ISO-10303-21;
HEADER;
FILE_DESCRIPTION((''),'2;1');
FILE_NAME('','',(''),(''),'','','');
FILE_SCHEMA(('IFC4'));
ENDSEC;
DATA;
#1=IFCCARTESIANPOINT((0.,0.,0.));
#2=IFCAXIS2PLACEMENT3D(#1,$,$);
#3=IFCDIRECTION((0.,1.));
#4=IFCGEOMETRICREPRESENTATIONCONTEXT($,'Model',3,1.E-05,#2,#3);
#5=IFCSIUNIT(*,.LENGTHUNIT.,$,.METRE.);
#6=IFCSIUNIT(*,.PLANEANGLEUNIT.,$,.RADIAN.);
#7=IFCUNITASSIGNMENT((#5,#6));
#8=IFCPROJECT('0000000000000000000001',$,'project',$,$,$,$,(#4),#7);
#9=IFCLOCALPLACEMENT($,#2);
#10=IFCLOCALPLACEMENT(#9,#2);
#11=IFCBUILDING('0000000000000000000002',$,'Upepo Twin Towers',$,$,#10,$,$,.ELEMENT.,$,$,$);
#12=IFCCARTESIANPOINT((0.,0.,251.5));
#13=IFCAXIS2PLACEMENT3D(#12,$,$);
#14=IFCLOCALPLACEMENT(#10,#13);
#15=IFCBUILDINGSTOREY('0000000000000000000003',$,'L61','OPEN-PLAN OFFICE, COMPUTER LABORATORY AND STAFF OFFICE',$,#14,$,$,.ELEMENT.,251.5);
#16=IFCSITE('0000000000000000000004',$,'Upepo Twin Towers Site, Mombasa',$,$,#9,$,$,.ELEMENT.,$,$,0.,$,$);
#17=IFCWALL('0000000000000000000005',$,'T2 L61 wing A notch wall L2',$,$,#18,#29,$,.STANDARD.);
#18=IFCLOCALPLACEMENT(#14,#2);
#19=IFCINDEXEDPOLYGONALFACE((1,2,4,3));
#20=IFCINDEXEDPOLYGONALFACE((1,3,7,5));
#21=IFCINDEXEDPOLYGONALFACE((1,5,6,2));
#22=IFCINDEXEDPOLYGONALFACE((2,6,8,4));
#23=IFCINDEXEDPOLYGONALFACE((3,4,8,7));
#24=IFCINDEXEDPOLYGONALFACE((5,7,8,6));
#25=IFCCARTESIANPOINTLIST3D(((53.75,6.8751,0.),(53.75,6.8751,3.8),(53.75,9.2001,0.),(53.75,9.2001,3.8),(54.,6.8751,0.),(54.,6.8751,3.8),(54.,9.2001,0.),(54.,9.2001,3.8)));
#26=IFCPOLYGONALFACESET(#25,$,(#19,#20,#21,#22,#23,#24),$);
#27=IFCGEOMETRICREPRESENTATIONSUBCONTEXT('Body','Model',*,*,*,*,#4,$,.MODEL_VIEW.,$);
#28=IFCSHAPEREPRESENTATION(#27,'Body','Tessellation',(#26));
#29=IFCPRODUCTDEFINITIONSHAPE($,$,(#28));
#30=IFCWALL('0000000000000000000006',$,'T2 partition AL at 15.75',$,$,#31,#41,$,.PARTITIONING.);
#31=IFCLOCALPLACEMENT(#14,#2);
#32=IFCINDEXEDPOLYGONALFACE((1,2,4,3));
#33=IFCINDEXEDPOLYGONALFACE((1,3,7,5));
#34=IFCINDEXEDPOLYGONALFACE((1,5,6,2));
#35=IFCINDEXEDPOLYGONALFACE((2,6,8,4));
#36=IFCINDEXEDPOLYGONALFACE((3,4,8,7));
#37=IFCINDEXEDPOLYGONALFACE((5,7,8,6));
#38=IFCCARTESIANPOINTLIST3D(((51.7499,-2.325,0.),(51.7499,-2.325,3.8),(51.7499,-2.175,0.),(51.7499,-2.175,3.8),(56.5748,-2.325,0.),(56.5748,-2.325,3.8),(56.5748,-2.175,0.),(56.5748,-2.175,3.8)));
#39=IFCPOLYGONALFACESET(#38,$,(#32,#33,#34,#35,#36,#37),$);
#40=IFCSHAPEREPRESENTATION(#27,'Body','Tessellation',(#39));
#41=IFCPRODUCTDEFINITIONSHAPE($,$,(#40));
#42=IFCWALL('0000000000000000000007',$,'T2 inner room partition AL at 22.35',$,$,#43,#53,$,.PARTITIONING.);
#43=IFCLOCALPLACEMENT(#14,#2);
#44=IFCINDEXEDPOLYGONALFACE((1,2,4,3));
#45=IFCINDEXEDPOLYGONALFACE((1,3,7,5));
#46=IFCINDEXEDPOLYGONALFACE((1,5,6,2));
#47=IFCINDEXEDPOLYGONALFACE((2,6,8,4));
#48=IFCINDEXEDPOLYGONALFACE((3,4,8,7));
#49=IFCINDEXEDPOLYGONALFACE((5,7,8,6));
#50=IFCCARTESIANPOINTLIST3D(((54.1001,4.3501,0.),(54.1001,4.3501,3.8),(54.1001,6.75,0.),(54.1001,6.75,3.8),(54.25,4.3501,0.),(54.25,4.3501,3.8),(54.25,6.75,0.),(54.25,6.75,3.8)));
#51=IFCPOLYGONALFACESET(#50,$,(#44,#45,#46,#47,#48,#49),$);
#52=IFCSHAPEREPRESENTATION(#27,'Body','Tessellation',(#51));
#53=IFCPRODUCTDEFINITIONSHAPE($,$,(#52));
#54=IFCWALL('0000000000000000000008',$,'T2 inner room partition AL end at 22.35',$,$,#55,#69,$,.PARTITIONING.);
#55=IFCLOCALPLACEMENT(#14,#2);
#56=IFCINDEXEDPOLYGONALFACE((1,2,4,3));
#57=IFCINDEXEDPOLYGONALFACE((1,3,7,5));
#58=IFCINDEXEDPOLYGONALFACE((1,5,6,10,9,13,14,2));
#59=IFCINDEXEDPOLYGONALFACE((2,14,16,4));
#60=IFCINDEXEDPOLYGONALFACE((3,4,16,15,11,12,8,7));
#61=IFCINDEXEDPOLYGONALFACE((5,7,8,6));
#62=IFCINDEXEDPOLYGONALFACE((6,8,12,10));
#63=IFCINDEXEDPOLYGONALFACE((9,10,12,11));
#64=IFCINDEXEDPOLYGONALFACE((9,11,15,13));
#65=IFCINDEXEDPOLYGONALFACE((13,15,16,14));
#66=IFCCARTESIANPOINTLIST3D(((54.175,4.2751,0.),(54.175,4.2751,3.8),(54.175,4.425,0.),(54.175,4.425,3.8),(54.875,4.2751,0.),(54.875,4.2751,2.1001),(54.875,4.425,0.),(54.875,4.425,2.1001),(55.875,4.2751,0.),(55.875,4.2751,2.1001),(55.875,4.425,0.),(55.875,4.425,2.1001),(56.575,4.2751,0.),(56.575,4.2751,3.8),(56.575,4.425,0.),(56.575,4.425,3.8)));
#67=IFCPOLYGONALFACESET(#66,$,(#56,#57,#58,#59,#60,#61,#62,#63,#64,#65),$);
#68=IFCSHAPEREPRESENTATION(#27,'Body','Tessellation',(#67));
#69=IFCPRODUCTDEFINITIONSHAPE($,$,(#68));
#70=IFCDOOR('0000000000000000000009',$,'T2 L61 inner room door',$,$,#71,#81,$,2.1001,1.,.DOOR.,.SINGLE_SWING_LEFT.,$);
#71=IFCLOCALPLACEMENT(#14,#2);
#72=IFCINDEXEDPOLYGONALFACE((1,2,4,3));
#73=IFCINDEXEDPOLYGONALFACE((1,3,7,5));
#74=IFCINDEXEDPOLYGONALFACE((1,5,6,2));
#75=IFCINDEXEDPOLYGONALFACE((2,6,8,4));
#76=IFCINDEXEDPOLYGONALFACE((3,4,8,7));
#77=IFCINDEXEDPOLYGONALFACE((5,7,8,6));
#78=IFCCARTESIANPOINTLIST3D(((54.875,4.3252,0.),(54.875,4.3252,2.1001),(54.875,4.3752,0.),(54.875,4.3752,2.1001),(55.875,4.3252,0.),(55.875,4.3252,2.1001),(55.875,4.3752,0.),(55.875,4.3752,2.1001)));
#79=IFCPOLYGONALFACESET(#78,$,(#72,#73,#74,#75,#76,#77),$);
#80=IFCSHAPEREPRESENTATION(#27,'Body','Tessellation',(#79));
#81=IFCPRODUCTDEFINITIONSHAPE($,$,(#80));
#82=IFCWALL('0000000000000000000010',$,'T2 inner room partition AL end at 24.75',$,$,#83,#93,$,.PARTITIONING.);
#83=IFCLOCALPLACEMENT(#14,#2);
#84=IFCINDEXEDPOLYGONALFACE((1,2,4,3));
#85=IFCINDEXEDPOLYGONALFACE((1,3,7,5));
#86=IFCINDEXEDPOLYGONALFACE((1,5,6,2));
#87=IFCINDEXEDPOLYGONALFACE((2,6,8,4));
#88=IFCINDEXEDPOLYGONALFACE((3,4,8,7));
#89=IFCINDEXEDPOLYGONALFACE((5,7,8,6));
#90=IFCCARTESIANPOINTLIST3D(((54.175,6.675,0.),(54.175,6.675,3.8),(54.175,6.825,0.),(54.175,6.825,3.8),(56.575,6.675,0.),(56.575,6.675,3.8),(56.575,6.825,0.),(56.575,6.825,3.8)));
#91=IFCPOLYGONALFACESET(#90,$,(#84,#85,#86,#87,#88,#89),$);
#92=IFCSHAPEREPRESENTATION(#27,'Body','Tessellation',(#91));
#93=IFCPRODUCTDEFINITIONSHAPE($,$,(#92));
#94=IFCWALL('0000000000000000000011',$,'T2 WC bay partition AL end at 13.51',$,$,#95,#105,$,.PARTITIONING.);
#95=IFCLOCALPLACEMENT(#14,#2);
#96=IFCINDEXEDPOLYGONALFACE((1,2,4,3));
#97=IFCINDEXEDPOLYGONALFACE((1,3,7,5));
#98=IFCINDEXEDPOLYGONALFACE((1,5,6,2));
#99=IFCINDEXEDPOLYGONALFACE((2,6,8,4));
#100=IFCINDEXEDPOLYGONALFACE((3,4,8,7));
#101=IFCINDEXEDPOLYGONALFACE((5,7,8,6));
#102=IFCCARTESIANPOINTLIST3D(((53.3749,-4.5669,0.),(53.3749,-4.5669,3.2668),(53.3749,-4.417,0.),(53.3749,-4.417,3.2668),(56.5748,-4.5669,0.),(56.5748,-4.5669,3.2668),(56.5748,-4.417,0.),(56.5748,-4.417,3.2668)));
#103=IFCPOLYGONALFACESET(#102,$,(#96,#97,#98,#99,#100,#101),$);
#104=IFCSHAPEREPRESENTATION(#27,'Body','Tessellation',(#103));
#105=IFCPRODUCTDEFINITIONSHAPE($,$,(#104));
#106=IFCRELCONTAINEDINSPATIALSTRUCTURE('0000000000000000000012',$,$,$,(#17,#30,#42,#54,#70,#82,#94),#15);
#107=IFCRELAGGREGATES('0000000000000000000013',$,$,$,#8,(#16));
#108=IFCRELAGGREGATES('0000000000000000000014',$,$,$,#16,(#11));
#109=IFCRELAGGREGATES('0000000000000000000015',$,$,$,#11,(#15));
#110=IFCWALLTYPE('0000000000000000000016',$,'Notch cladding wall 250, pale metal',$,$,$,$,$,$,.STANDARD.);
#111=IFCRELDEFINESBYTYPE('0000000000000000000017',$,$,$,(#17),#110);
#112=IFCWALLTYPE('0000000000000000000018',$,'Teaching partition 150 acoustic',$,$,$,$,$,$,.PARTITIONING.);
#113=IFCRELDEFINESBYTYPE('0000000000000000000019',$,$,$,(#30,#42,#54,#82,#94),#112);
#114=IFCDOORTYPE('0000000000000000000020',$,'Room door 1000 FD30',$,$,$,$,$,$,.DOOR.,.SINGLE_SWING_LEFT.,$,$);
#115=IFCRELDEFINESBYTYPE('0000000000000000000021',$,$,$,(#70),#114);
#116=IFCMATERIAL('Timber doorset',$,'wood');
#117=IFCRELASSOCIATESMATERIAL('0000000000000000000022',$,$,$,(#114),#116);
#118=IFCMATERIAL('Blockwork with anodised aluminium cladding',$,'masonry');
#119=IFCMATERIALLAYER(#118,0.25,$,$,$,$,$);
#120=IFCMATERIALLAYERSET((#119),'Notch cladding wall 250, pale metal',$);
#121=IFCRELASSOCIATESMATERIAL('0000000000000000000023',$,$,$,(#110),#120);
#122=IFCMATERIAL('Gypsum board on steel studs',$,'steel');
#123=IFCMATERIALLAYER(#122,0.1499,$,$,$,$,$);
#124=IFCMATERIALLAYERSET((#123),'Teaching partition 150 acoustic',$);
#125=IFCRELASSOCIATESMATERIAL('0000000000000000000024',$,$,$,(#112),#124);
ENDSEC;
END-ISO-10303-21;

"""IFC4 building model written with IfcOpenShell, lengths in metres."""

from ifc_helpers import new_model, si_unit, direction, frame, frame_2d, origin, place, context, subcontext, project, spatial, rectangle, extrude, material, layer, layer_set, type_object, element, fill, save


model = new_model("IFC4")

# Units and contexts
model_context = context("Model", 3, precision=1e-05, world=origin(), true_north=direction((0.0, 1.0)))
body_context = subcontext(model_context, "Body", "Model", "MODEL_VIEW")
ifc_project = project(units=[si_unit("LENGTHUNIT", "METRE"), si_unit("PLANEANGLEUNIT", "RADIAN")], contexts=[model_context])

# Site, building, storey
site_placement = place(None, origin())
site = spatial("IfcSite", under=ifc_project, at=site_placement, Name="Upepo Twin Towers Site, Mombasa", CompositionType="ELEMENT", RefElevation=0.0)
building_placement = place(site_placement, origin())
building = spatial("IfcBuilding", under=site, at=building_placement, Name="Upepo Twin Towers", CompositionType="ELEMENT")
storey_placement = place(building_placement, frame((0.0, 0.0, 251.5)))
storey = spatial("IfcBuildingStorey", under=building, at=storey_placement, Name="L61", Description="OPEN-PLAN OFFICE, COMPUTER LABORATORY AND STAFF OFFICE", CompositionType="ELEMENT", Elevation=251.5)

# Shared definitions
ifc_material_1 = material(Name="Timber doorset", Category="wood")
door_type_1 = type_object("IfcDoorType", Name="Room door 1000 FD30", OperationType="SINGLE_SWING_LEFT", PredefinedType="DOOR", material=ifc_material_1)

# Walls
ifc_material_2 = material(Name="Blockwork with anodised aluminium cladding", Category="masonry")
ifc_layer_1 = layer(ifc_material_2, 0.25)
ifc_layer_set_1 = layer_set([ifc_layer_1], Name="Notch cladding wall 250, pale metal")
wall_type_1 = type_object("IfcWallType", Name="Notch cladding wall 250, pale metal", PredefinedType="STANDARD", material=ifc_layer_set_1)
wall_1_placement = place(storey_placement, frame((53.875, 6.875, 0.0), z_axis=(0.0, 0.0, 1.0), x_axis=(0.0, 1.0, 0.0)))
element("IfcWall", 1, at=wall_1_placement, inside=storey, type_object=wall_type_1, Name="T2 L61 wing A notch wall L2", PredefinedType="STANDARD", context=body_context, shape_type="SweptSolid", body=[
    extrude(rectangle(XDim=2.325, YDim=0.25, at=frame_2d((1.1626, 0.0))), origin(), (0.0, 0.0, 1.0), 3.8),
])
ifc_material_3 = material(Name="Gypsum board on steel studs", Category="steel")
ifc_layer_2 = layer(ifc_material_3, 0.1499)
ifc_layer_set_2 = layer_set([ifc_layer_2], Name="Teaching partition 150 acoustic")
wall_type_2 = type_object("IfcWallType", Name="Teaching partition 150 acoustic", PredefinedType="PARTITIONING", material=ifc_layer_set_2)
wall_2_placement = place(storey_placement, frame((56.575, -2.25, 0.0), z_axis=(0.0, 0.0, 1.0), x_axis=(-1.0, 0.0, 0.0)))
element("IfcWall", 2, at=wall_2_placement, inside=storey, type_object=wall_type_2, Name="T2 partition AL at 15.75", PredefinedType="PARTITIONING", context=body_context, shape_type="SweptSolid", body=[
    extrude(rectangle(XDim=4.825, YDim=0.1499, at=frame_2d((2.4126, 0.0))), origin(), (0.0, 0.0, 1.0), 3.8),
])
wall_3_placement = place(storey_placement, frame((54.175, 4.3501, 0.0), z_axis=(0.0, 0.0, 1.0), x_axis=(0.0, 1.0, 0.0)))
element("IfcWall", 3, at=wall_3_placement, inside=storey, type_object=wall_type_2, Name="T2 inner room partition AL at 22.35", PredefinedType="PARTITIONING", context=body_context, shape_type="SweptSolid", body=[
    extrude(rectangle(XDim=2.3999, YDim=0.1499, at=frame_2d((1.2, 0.0))), origin(), (0.0, 0.0, 1.0), 3.8),
])

# Wall, opening, door
wall_4_placement = place(storey_placement, frame((56.575, 4.3501, 0.0), z_axis=(0.0, 0.0, 1.0), x_axis=(-1.0, 0.0, 0.0)))
wall_4 = element("IfcWall", 4, at=wall_4_placement, inside=storey, type_object=wall_type_2, Name="T2 inner room partition AL end at 22.35", PredefinedType="PARTITIONING", context=body_context, shape_type="SweptSolid", body=[
    extrude(rectangle(XDim=2.3999, YDim=0.1499, at=frame_2d((1.2, 0.0))), origin(), (0.0, 0.0, 1.0), 3.8),
])
opening_1_placement = place(wall_4_placement, frame((0.7, 0.0, 0.0)))
opening_1 = element("IfcOpeningElement", 5, at=opening_1_placement, cuts=wall_4, PredefinedType="OPENING", context=body_context, shape_type="SweptSolid", body=[
    extrude(rectangle(XDim=1.0, YDim=2.1001, at=frame_2d((0.5, 1.05))), frame((0.0, 0.085, 0.0), z_axis=(0.0, -1.0, 0.0), x_axis=(1.0, 0.0, 0.0)), (0.0, 0.0, 1.0), 0.1699),
])
door_1_placement = place(opening_1_placement, origin())
door_1 = element("IfcDoor", 6, at=door_1_placement, inside=storey, type_object=door_type_1, Name="T2 L61 inner room door", OperationType="SINGLE_SWING_LEFT", OverallHeight=2.1001, OverallWidth=1.0, PredefinedType="DOOR", context=body_context, shape_type="SweptSolid", body=[
    extrude(rectangle(XDim=1.0, YDim=2.1001, at=frame_2d((0.5, 1.05))), frame((0.0, 0.0249, 0.0), z_axis=(0.0, -1.0, 0.0), x_axis=(1.0, 0.0, 0.0)), (0.0, 0.0, 1.0), 0.05),
])
fill(opening_1, door_1)

# Walls
wall_5_placement = place(storey_placement, frame((56.575, 6.75, 0.0), z_axis=(0.0, 0.0, 1.0), x_axis=(-1.0, 0.0, 0.0)))
element("IfcWall", 7, at=wall_5_placement, inside=storey, type_object=wall_type_2, Name="T2 inner room partition AL end at 24.75", PredefinedType="PARTITIONING", context=body_context, shape_type="SweptSolid", body=[
    extrude(rectangle(XDim=2.3999, YDim=0.1499, at=frame_2d((1.2, 0.0))), origin(), (0.0, 0.0, 1.0), 3.8),
])
wall_6_placement = place(storey_placement, frame((56.575, -4.4919, 0.0), z_axis=(0.0, 0.0, 1.0), x_axis=(-1.0, 0.0, 0.0)))
element("IfcWall", 8, at=wall_6_placement, inside=storey, type_object=wall_type_2, Name="T2 WC bay partition AL end at 13.51", PredefinedType="PARTITIONING", context=body_context, shape_type="SweptSolid", body=[
    extrude(rectangle(XDim=3.2, YDim=0.1499, at=frame_2d((1.6001, 0.0))), origin(), (0.0, 0.0, 1.0), 3.2668),
])

save(model, "model.ifc")
